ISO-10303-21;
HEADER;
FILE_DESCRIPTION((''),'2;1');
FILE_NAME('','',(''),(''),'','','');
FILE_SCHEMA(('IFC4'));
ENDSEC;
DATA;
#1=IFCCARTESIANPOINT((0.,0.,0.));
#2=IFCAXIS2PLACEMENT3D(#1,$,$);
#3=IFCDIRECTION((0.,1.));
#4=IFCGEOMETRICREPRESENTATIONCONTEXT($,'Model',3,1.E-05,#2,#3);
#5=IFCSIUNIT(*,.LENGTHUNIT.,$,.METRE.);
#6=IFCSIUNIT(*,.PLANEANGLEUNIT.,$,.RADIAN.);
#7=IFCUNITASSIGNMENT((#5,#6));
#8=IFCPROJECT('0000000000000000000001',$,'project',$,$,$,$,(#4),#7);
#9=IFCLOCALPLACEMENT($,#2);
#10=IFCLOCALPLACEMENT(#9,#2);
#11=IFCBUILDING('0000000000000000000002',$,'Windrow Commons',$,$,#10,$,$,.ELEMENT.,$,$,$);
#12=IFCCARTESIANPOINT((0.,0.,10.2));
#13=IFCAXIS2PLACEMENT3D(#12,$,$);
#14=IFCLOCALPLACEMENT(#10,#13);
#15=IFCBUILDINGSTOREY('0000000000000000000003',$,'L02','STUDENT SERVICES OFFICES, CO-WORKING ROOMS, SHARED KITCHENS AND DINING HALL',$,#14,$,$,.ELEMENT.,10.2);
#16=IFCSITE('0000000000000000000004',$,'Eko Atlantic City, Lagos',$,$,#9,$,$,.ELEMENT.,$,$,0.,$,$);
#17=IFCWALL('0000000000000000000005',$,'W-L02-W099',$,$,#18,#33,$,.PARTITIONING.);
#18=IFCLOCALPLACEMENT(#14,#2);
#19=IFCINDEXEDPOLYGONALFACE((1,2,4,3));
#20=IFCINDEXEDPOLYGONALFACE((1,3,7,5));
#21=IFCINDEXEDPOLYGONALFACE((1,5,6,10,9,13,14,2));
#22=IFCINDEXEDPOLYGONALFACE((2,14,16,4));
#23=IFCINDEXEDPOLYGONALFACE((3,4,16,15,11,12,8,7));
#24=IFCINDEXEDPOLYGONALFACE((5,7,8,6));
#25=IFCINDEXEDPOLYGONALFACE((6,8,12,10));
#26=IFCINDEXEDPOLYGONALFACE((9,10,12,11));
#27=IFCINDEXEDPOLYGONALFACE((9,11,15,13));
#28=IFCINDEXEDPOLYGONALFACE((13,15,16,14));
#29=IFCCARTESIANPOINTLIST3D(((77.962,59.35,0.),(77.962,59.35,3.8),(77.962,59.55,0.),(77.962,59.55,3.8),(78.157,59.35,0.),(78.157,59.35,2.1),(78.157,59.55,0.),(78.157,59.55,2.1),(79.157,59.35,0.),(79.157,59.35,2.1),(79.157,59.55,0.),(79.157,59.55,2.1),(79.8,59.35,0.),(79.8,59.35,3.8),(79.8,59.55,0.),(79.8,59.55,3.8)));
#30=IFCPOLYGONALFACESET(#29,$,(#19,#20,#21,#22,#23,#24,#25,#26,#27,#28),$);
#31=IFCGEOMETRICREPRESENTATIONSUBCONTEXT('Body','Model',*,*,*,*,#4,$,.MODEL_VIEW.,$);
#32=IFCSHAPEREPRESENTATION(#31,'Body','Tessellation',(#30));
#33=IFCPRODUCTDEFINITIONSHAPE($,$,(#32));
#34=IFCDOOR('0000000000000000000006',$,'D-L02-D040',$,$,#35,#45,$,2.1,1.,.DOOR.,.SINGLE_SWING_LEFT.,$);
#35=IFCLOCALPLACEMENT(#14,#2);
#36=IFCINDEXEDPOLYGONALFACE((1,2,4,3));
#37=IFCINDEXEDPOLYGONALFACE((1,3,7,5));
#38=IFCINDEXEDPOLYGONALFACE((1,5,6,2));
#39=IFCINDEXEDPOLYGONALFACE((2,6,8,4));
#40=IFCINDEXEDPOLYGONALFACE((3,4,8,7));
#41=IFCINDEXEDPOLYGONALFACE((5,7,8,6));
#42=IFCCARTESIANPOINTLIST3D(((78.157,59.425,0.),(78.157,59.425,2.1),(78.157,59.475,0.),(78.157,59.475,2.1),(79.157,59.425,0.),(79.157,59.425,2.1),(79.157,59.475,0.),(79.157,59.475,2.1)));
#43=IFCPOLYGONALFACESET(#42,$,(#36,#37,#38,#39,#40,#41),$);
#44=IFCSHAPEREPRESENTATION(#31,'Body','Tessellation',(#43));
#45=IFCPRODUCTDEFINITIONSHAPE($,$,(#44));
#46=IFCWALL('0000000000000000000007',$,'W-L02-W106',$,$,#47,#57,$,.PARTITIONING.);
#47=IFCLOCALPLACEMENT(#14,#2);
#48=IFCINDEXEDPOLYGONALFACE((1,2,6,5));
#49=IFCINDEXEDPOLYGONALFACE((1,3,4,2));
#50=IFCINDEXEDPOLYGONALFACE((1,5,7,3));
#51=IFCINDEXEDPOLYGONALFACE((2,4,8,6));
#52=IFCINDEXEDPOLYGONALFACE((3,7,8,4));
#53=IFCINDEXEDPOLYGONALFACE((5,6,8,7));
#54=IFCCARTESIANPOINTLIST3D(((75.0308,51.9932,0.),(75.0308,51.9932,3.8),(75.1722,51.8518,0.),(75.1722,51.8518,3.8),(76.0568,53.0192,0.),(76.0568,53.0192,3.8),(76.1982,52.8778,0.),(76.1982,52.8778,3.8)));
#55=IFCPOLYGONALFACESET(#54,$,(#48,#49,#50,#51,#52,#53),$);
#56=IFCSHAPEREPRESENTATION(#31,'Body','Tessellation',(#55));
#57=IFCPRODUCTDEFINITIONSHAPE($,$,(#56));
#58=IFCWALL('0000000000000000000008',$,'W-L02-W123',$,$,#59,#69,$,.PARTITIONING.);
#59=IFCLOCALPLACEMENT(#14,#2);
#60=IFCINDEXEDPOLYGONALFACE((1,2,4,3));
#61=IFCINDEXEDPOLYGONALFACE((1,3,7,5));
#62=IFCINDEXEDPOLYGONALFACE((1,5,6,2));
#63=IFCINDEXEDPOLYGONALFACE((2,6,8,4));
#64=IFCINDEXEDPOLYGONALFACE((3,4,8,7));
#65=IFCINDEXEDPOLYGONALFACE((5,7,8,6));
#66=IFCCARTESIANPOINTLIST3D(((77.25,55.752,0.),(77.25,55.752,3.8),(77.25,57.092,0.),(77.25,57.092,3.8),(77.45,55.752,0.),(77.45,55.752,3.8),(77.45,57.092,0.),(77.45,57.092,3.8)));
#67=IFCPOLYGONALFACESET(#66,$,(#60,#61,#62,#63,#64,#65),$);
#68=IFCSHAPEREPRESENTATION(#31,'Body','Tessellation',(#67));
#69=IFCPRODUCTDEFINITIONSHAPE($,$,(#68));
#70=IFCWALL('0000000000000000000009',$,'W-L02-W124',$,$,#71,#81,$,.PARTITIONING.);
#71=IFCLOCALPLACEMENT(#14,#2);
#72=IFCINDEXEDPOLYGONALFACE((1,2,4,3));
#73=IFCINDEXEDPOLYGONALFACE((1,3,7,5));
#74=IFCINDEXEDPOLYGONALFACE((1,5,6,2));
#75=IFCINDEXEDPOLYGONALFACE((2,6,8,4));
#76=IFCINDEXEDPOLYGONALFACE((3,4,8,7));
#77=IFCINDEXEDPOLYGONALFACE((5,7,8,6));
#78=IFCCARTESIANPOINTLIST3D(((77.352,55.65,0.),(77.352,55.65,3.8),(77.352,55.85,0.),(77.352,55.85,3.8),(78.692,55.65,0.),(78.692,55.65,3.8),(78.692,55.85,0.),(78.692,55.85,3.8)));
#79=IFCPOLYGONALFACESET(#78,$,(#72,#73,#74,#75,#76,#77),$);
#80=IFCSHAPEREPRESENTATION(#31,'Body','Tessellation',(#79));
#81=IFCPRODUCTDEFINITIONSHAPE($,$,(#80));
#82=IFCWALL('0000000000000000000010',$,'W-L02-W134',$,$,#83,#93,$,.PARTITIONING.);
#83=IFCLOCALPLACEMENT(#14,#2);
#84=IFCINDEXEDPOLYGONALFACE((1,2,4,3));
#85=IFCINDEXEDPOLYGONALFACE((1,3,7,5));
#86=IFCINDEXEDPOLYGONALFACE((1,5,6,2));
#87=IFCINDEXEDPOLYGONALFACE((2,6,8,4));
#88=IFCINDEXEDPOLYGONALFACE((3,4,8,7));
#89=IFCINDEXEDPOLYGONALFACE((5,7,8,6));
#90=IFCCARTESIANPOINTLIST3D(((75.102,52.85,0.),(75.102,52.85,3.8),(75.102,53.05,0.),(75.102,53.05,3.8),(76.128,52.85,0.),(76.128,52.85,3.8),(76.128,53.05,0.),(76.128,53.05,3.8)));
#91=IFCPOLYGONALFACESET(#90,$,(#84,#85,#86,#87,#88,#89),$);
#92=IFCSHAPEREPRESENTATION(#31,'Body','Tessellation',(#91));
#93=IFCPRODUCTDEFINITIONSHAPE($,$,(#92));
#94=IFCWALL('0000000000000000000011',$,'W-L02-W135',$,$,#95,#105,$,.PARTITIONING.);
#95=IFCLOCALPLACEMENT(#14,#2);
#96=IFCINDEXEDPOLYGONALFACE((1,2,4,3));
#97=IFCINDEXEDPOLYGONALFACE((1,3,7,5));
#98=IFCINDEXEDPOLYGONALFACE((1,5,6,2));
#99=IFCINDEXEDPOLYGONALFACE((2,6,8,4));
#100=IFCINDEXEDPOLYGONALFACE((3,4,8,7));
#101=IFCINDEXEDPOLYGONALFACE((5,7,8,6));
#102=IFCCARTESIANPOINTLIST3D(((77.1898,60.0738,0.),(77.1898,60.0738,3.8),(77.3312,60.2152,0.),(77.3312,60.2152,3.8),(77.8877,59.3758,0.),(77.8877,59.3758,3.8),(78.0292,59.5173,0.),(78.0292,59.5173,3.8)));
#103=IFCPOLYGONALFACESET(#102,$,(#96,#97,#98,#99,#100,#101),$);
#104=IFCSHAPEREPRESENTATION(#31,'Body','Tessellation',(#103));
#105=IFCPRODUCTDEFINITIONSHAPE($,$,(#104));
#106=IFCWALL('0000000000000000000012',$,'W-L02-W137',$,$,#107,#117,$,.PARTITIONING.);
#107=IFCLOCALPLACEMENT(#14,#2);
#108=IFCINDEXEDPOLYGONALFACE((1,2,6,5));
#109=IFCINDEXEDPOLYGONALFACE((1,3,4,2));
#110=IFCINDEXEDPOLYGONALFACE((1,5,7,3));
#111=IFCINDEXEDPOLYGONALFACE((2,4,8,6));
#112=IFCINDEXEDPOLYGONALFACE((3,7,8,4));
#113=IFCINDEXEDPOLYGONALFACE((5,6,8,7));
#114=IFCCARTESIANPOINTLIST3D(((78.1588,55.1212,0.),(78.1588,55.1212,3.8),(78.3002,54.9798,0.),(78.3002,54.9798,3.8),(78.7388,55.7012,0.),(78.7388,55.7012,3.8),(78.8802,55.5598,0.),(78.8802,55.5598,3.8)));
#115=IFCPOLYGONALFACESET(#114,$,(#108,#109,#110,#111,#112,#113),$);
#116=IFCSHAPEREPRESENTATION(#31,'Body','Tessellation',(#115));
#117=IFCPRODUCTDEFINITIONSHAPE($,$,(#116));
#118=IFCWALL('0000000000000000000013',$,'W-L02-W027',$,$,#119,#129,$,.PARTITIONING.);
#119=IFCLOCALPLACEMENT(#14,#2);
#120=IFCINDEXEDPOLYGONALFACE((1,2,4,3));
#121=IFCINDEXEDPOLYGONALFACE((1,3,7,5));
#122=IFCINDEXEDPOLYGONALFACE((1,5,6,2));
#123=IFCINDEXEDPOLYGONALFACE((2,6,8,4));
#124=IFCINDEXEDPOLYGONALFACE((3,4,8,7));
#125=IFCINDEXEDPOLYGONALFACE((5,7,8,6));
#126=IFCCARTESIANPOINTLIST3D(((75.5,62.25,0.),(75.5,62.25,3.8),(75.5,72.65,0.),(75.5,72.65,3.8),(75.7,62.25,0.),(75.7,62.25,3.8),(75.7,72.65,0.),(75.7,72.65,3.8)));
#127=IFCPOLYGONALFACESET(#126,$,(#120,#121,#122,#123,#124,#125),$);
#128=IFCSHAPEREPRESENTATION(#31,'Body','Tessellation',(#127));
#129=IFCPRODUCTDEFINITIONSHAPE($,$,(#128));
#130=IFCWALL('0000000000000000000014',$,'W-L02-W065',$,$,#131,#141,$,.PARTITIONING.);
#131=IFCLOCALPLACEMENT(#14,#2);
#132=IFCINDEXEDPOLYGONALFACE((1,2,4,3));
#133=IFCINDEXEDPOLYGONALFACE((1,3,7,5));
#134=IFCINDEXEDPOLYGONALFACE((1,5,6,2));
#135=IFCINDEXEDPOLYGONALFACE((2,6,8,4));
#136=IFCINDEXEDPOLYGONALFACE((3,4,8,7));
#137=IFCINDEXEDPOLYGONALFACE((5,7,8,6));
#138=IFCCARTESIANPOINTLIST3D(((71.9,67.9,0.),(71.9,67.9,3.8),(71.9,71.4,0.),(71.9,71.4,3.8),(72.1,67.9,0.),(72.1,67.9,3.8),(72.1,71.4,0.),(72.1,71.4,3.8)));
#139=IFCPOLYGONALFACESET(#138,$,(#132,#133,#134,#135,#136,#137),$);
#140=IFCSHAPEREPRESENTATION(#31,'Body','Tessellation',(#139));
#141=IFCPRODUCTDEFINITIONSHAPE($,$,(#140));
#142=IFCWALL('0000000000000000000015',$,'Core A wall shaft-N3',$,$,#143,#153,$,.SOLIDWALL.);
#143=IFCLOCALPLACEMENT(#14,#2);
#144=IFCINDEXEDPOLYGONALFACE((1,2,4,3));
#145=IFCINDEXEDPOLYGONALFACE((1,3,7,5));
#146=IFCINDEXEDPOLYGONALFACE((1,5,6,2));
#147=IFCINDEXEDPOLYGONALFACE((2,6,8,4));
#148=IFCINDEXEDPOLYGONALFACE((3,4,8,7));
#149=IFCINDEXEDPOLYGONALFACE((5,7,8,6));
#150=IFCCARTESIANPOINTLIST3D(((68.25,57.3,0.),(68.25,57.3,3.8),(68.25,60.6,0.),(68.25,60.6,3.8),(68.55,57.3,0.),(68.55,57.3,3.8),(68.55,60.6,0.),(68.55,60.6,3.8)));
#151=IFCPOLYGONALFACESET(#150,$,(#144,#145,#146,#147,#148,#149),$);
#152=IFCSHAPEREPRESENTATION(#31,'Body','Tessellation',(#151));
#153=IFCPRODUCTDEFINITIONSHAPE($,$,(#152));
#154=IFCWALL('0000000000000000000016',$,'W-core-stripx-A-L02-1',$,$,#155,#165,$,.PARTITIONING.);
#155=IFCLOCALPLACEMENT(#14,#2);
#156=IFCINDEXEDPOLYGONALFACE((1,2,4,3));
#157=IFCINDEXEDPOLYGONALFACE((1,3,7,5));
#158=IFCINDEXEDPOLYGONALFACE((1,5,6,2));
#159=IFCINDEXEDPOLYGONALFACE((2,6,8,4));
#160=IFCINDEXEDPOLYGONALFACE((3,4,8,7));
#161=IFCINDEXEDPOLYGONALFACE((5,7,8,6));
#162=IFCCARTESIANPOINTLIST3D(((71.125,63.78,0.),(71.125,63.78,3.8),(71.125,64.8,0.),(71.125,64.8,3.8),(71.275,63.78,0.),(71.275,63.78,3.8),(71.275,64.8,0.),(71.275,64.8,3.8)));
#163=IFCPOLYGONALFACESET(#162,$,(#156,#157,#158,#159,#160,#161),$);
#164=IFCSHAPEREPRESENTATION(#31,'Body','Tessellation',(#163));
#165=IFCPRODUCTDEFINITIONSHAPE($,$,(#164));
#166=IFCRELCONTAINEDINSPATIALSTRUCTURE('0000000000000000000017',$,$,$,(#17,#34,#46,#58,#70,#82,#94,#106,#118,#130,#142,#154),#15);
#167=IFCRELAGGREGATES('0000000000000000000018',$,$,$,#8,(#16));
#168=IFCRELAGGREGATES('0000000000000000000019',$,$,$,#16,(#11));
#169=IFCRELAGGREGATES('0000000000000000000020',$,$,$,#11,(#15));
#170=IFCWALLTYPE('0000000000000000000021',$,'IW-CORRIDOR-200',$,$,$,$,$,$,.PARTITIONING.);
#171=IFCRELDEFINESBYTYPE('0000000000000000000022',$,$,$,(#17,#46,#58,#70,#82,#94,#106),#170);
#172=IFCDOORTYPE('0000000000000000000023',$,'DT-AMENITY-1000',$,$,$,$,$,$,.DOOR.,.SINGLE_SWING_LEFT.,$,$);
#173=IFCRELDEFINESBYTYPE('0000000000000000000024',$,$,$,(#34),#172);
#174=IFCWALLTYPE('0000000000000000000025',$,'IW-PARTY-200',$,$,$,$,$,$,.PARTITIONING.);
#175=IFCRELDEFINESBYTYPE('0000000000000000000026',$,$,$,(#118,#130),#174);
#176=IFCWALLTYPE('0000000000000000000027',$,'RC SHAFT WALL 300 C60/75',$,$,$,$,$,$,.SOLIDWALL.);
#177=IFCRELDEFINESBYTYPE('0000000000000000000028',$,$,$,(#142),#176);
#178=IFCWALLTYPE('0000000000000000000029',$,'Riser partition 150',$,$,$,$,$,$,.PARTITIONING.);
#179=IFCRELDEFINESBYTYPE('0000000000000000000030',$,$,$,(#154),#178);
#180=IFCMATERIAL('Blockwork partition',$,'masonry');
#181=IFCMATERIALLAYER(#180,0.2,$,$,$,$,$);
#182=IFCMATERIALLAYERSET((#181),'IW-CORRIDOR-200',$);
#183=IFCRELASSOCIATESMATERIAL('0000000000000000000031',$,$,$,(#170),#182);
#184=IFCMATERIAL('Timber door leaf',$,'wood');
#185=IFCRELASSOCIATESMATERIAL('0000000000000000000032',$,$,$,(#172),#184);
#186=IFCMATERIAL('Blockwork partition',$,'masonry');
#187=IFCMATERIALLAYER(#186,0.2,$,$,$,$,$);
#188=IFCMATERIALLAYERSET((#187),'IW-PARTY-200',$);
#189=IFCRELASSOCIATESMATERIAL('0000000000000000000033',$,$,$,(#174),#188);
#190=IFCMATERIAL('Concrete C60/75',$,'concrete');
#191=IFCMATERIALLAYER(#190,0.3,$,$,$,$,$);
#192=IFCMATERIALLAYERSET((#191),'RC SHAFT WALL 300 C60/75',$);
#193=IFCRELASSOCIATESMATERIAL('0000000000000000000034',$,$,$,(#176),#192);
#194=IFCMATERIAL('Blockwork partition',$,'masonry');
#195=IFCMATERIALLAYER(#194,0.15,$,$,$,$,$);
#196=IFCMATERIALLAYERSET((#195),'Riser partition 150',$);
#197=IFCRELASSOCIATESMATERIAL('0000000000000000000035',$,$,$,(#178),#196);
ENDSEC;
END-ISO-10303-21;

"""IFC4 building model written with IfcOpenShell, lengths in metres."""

from ifc_helpers import new_model, si_unit, direction, frame, frame_2d, origin, place, context, subcontext, project, spatial, rectangle, extrude, material, layer, layer_set, type_object, element, fill, save


model = new_model("IFC4")

# Units and contexts
model_context = context("Model", 3, precision=1e-05, world=origin(), true_north=direction((0.0, 1.0)))
body_context = subcontext(model_context, "Body", "Model", "MODEL_VIEW")
ifc_project = project(units=[si_unit("LENGTHUNIT", "METRE"), si_unit("PLANEANGLEUNIT", "RADIAN")], contexts=[model_context])

# Site, building, storey
site_placement = place(None, origin())
site = spatial("IfcSite", under=ifc_project, at=site_placement, Name="Eko Atlantic City, Lagos", CompositionType="ELEMENT", RefElevation=0.0)
building_placement = place(site_placement, origin())
building = spatial("IfcBuilding", under=site, at=building_placement, Name="Windrow Commons", CompositionType="ELEMENT")
storey_placement = place(building_placement, frame((0.0, 0.0, 10.2)))
storey = spatial("IfcBuildingStorey", under=building, at=storey_placement, Name="L02", Description="STUDENT SERVICES OFFICES, CO-WORKING ROOMS, SHARED KITCHENS AND DINING HALL", CompositionType="ELEMENT", Elevation=10.2)

# Shared definitions
ifc_material_1 = material(Name="Blockwork partition", Category="masonry")
ifc_layer_1 = layer(ifc_material_1, 0.2)
ifc_layer_set_1 = layer_set([ifc_layer_1], Name="IW-CORRIDOR-200")
wall_type_1 = type_object("IfcWallType", Name="IW-CORRIDOR-200", PredefinedType="PARTITIONING", material=ifc_layer_set_1)

# Wall, opening, door
wall_1_placement = place(storey_placement, frame((77.962, 59.45, 0.0), z_axis=(0.0, 0.0, 1.0), x_axis=(1.0, 0.0, 0.0)))
wall_1 = element("IfcWall", 1, at=wall_1_placement, inside=storey, type_object=wall_type_1, Name="W-L02-W099", PredefinedType="PARTITIONING", context=body_context, shape_type="SweptSolid", body=[
    extrude(rectangle(XDim=1.838, YDim=0.2, at=frame_2d((0.919, 0.0))), origin(), (0.0, 0.0, 1.0), 3.8),
])
opening_1_placement = place(wall_1_placement, frame((0.195, 0.0, 0.0)))
opening_1 = element("IfcOpeningElement", 2, at=opening_1_placement, cuts=wall_1, PredefinedType="OPENING", context=body_context, shape_type="SweptSolid", body=[
    extrude(rectangle(XDim=1.0, YDim=2.1, at=frame_2d((0.5, 1.05))), frame((0.0, 0.11, 0.0), z_axis=(0.0, -1.0, 0.0), x_axis=(1.0, 0.0, 0.0)), (0.0, 0.0, 1.0), 0.22),
])
ifc_material_2 = material(Name="Timber door leaf", Category="wood")
door_type_1 = type_object("IfcDoorType", Name="DT-AMENITY-1000", OperationType="SINGLE_SWING_LEFT", PredefinedType="DOOR", material=ifc_material_2)
door_1_placement = place(opening_1_placement, origin())
door_1 = element("IfcDoor", 3, at=door_1_placement, inside=storey, type_object=door_type_1, Name="D-L02-D040", OperationType="SINGLE_SWING_LEFT", OverallHeight=2.1, OverallWidth=1.0, PredefinedType="DOOR", context=body_context, shape_type="SweptSolid", body=[
    extrude(rectangle(XDim=1.0, YDim=2.1, at=frame_2d((0.5, 1.05))), frame((0.0, 0.025, 0.0), z_axis=(0.0, -1.0, 0.0), x_axis=(1.0, 0.0, 0.0)), (0.0, 0.0, 1.0), 0.05),
])
fill(opening_1, door_1)

# Walls
wall_2_placement = place(storey_placement, frame((75.1015, 51.9225, 0.0), z_axis=(0.0, 0.0, 1.0), x_axis=(0.707107, 0.707107, 0.0)))
element("IfcWall", 4, at=wall_2_placement, inside=storey, type_object=wall_type_1, Name="W-L02-W106", PredefinedType="PARTITIONING", context=body_context, shape_type="SweptSolid", body=[
    extrude(rectangle(XDim=1.451, YDim=0.2, at=frame_2d((0.7255, 0.0))), origin(), (0.0, 0.0, 1.0), 3.8),
])
for number, where, z_axis, x_axis, name in (
    (5, (77.35, 55.752, 0.0), (0.0, 0.0, 1.0), (0.0, 1.0, 0.0), "W-L02-W123"),
    (6, (77.352, 55.75, 0.0), (0.0, 0.0, 1.0), (1.0, 0.0, 0.0), "W-L02-W124"),
):
    element("IfcWall", number, at=place(storey_placement, frame(where, z_axis=z_axis, x_axis=x_axis)), inside=storey, type_object=wall_type_1, Name=name, PredefinedType="PARTITIONING", context=body_context, shape_type="SweptSolid", body=[
        extrude(rectangle(XDim=1.34, YDim=0.2, at=frame_2d((0.67, 0.0))), origin(), (0.0, 0.0, 1.0), 3.8),
    ])
wall_3_placement = place(storey_placement, frame((75.102, 52.95, 0.0), z_axis=(0.0, 0.0, 1.0), x_axis=(1.0, 0.0, 0.0)))
element("IfcWall", 7, at=wall_3_placement, inside=storey, type_object=wall_type_1, Name="W-L02-W134", PredefinedType="PARTITIONING", context=body_context, shape_type="SweptSolid", body=[
    extrude(rectangle(XDim=1.026, YDim=0.2, at=frame_2d((0.513, 0.0))), origin(), (0.0, 0.0, 1.0), 3.8),
])
wall_4_placement = place(storey_placement, frame((77.2605, 60.1445, 0.0), z_axis=(0.0, 0.0, 1.0), x_axis=(0.707107, -0.707107, 0.0)))
element("IfcWall", 8, at=wall_4_placement, inside=storey, type_object=wall_type_1, Name="W-L02-W135", PredefinedType="PARTITIONING", context=body_context, shape_type="SweptSolid", body=[
    extrude(rectangle(XDim=0.9871, YDim=0.2, at=frame_2d((0.4935, 0.0))), origin(), (0.0, 0.0, 1.0), 3.8),
])
wall_5_placement = place(storey_placement, frame((78.2295, 55.0505, 0.0), z_axis=(0.0, 0.0, 1.0), x_axis=(0.707107, 0.707107, 0.0)))
element("IfcWall", 9, at=wall_5_placement, inside=storey, type_object=wall_type_1, Name="W-L02-W137", PredefinedType="PARTITIONING", context=body_context, shape_type="SweptSolid", body=[
    extrude(rectangle(XDim=0.8202, YDim=0.2, at=frame_2d((0.4101, 0.0))), origin(), (0.0, 0.0, 1.0), 3.8),
])
ifc_material_3 = material(Name="Blockwork partition", Category="masonry")
ifc_layer_2 = layer(ifc_material_3, 0.2)
ifc_layer_set_2 = layer_set([ifc_layer_2], Name="IW-PARTY-200")
wall_type_2 = type_object("IfcWallType", Name="IW-PARTY-200", PredefinedType="PARTITIONING", material=ifc_layer_set_2)
wall_6_placement = place(storey_placement, frame((75.6, 62.25, 0.0), z_axis=(0.0, 0.0, 1.0), x_axis=(0.0, 1.0, 0.0)))
element("IfcWall", 10, at=wall_6_placement, inside=storey, type_object=wall_type_2, Name="W-L02-W027", PredefinedType="PARTITIONING", context=body_context, shape_type="SweptSolid", body=[
    extrude(rectangle(XDim=10.4, YDim=0.2, at=frame_2d((5.2, 0.0))), origin(), (0.0, 0.0, 1.0), 3.8),
])
wall_7_placement = place(storey_placement, frame((72.0, 67.9, 0.0), z_axis=(0.0, 0.0, 1.0), x_axis=(0.0, 1.0, 0.0)))
element("IfcWall", 11, at=wall_7_placement, inside=storey, type_object=wall_type_2, Name="W-L02-W065", PredefinedType="PARTITIONING", context=body_context, shape_type="SweptSolid", body=[
    extrude(rectangle(XDim=3.5, YDim=0.2, at=frame_2d((1.75, 0.0))), origin(), (0.0, 0.0, 1.0), 3.8),
])
ifc_material_4 = material(Name="Concrete C60/75", Category="concrete")
ifc_layer_3 = layer(ifc_material_4, 0.3)
ifc_layer_set_3 = layer_set([ifc_layer_3], Name="RC SHAFT WALL 300 C60/75")
wall_type_3 = type_object("IfcWallType", Name="RC SHAFT WALL 300 C60/75", PredefinedType="SOLIDWALL", material=ifc_layer_set_3)
wall_8_placement = place(storey_placement, frame((68.4, 57.3, 0.0), z_axis=(0.0, 0.0, 1.0), x_axis=(0.0, 1.0, 0.0)))
element("IfcWall", 12, at=wall_8_placement, inside=storey, type_object=wall_type_3, Name="Core A wall shaft-N3", PredefinedType="SOLIDWALL", context=body_context, shape_type="SweptSolid", body=[
    extrude(rectangle(XDim=3.3, YDim=0.3, at=frame_2d((1.65, 0.0))), origin(), (0.0, 0.0, 1.0), 3.8),
])
ifc_material_5 = material(Name="Blockwork partition", Category="masonry")
ifc_layer_4 = layer(ifc_material_5, 0.15)
ifc_layer_set_4 = layer_set([ifc_layer_4], Name="Riser partition 150")
wall_type_4 = type_object("IfcWallType", Name="Riser partition 150", PredefinedType="PARTITIONING", material=ifc_layer_set_4)
wall_9_placement = place(storey_placement, frame((71.2, 63.78, 0.0), z_axis=(0.0, 0.0, 1.0), x_axis=(0.0, 1.0, 0.0)))
element("IfcWall", 13, at=wall_9_placement, inside=storey, type_object=wall_type_4, Name="W-core-stripx-A-L02-1", PredefinedType="PARTITIONING", context=body_context, shape_type="SweptSolid", body=[
    extrude(rectangle(XDim=1.02, YDim=0.15, at=frame_2d((0.51, 0.0))), origin(), (0.0, 0.0, 1.0), 3.8),
])

save(model, "model.ifc")
